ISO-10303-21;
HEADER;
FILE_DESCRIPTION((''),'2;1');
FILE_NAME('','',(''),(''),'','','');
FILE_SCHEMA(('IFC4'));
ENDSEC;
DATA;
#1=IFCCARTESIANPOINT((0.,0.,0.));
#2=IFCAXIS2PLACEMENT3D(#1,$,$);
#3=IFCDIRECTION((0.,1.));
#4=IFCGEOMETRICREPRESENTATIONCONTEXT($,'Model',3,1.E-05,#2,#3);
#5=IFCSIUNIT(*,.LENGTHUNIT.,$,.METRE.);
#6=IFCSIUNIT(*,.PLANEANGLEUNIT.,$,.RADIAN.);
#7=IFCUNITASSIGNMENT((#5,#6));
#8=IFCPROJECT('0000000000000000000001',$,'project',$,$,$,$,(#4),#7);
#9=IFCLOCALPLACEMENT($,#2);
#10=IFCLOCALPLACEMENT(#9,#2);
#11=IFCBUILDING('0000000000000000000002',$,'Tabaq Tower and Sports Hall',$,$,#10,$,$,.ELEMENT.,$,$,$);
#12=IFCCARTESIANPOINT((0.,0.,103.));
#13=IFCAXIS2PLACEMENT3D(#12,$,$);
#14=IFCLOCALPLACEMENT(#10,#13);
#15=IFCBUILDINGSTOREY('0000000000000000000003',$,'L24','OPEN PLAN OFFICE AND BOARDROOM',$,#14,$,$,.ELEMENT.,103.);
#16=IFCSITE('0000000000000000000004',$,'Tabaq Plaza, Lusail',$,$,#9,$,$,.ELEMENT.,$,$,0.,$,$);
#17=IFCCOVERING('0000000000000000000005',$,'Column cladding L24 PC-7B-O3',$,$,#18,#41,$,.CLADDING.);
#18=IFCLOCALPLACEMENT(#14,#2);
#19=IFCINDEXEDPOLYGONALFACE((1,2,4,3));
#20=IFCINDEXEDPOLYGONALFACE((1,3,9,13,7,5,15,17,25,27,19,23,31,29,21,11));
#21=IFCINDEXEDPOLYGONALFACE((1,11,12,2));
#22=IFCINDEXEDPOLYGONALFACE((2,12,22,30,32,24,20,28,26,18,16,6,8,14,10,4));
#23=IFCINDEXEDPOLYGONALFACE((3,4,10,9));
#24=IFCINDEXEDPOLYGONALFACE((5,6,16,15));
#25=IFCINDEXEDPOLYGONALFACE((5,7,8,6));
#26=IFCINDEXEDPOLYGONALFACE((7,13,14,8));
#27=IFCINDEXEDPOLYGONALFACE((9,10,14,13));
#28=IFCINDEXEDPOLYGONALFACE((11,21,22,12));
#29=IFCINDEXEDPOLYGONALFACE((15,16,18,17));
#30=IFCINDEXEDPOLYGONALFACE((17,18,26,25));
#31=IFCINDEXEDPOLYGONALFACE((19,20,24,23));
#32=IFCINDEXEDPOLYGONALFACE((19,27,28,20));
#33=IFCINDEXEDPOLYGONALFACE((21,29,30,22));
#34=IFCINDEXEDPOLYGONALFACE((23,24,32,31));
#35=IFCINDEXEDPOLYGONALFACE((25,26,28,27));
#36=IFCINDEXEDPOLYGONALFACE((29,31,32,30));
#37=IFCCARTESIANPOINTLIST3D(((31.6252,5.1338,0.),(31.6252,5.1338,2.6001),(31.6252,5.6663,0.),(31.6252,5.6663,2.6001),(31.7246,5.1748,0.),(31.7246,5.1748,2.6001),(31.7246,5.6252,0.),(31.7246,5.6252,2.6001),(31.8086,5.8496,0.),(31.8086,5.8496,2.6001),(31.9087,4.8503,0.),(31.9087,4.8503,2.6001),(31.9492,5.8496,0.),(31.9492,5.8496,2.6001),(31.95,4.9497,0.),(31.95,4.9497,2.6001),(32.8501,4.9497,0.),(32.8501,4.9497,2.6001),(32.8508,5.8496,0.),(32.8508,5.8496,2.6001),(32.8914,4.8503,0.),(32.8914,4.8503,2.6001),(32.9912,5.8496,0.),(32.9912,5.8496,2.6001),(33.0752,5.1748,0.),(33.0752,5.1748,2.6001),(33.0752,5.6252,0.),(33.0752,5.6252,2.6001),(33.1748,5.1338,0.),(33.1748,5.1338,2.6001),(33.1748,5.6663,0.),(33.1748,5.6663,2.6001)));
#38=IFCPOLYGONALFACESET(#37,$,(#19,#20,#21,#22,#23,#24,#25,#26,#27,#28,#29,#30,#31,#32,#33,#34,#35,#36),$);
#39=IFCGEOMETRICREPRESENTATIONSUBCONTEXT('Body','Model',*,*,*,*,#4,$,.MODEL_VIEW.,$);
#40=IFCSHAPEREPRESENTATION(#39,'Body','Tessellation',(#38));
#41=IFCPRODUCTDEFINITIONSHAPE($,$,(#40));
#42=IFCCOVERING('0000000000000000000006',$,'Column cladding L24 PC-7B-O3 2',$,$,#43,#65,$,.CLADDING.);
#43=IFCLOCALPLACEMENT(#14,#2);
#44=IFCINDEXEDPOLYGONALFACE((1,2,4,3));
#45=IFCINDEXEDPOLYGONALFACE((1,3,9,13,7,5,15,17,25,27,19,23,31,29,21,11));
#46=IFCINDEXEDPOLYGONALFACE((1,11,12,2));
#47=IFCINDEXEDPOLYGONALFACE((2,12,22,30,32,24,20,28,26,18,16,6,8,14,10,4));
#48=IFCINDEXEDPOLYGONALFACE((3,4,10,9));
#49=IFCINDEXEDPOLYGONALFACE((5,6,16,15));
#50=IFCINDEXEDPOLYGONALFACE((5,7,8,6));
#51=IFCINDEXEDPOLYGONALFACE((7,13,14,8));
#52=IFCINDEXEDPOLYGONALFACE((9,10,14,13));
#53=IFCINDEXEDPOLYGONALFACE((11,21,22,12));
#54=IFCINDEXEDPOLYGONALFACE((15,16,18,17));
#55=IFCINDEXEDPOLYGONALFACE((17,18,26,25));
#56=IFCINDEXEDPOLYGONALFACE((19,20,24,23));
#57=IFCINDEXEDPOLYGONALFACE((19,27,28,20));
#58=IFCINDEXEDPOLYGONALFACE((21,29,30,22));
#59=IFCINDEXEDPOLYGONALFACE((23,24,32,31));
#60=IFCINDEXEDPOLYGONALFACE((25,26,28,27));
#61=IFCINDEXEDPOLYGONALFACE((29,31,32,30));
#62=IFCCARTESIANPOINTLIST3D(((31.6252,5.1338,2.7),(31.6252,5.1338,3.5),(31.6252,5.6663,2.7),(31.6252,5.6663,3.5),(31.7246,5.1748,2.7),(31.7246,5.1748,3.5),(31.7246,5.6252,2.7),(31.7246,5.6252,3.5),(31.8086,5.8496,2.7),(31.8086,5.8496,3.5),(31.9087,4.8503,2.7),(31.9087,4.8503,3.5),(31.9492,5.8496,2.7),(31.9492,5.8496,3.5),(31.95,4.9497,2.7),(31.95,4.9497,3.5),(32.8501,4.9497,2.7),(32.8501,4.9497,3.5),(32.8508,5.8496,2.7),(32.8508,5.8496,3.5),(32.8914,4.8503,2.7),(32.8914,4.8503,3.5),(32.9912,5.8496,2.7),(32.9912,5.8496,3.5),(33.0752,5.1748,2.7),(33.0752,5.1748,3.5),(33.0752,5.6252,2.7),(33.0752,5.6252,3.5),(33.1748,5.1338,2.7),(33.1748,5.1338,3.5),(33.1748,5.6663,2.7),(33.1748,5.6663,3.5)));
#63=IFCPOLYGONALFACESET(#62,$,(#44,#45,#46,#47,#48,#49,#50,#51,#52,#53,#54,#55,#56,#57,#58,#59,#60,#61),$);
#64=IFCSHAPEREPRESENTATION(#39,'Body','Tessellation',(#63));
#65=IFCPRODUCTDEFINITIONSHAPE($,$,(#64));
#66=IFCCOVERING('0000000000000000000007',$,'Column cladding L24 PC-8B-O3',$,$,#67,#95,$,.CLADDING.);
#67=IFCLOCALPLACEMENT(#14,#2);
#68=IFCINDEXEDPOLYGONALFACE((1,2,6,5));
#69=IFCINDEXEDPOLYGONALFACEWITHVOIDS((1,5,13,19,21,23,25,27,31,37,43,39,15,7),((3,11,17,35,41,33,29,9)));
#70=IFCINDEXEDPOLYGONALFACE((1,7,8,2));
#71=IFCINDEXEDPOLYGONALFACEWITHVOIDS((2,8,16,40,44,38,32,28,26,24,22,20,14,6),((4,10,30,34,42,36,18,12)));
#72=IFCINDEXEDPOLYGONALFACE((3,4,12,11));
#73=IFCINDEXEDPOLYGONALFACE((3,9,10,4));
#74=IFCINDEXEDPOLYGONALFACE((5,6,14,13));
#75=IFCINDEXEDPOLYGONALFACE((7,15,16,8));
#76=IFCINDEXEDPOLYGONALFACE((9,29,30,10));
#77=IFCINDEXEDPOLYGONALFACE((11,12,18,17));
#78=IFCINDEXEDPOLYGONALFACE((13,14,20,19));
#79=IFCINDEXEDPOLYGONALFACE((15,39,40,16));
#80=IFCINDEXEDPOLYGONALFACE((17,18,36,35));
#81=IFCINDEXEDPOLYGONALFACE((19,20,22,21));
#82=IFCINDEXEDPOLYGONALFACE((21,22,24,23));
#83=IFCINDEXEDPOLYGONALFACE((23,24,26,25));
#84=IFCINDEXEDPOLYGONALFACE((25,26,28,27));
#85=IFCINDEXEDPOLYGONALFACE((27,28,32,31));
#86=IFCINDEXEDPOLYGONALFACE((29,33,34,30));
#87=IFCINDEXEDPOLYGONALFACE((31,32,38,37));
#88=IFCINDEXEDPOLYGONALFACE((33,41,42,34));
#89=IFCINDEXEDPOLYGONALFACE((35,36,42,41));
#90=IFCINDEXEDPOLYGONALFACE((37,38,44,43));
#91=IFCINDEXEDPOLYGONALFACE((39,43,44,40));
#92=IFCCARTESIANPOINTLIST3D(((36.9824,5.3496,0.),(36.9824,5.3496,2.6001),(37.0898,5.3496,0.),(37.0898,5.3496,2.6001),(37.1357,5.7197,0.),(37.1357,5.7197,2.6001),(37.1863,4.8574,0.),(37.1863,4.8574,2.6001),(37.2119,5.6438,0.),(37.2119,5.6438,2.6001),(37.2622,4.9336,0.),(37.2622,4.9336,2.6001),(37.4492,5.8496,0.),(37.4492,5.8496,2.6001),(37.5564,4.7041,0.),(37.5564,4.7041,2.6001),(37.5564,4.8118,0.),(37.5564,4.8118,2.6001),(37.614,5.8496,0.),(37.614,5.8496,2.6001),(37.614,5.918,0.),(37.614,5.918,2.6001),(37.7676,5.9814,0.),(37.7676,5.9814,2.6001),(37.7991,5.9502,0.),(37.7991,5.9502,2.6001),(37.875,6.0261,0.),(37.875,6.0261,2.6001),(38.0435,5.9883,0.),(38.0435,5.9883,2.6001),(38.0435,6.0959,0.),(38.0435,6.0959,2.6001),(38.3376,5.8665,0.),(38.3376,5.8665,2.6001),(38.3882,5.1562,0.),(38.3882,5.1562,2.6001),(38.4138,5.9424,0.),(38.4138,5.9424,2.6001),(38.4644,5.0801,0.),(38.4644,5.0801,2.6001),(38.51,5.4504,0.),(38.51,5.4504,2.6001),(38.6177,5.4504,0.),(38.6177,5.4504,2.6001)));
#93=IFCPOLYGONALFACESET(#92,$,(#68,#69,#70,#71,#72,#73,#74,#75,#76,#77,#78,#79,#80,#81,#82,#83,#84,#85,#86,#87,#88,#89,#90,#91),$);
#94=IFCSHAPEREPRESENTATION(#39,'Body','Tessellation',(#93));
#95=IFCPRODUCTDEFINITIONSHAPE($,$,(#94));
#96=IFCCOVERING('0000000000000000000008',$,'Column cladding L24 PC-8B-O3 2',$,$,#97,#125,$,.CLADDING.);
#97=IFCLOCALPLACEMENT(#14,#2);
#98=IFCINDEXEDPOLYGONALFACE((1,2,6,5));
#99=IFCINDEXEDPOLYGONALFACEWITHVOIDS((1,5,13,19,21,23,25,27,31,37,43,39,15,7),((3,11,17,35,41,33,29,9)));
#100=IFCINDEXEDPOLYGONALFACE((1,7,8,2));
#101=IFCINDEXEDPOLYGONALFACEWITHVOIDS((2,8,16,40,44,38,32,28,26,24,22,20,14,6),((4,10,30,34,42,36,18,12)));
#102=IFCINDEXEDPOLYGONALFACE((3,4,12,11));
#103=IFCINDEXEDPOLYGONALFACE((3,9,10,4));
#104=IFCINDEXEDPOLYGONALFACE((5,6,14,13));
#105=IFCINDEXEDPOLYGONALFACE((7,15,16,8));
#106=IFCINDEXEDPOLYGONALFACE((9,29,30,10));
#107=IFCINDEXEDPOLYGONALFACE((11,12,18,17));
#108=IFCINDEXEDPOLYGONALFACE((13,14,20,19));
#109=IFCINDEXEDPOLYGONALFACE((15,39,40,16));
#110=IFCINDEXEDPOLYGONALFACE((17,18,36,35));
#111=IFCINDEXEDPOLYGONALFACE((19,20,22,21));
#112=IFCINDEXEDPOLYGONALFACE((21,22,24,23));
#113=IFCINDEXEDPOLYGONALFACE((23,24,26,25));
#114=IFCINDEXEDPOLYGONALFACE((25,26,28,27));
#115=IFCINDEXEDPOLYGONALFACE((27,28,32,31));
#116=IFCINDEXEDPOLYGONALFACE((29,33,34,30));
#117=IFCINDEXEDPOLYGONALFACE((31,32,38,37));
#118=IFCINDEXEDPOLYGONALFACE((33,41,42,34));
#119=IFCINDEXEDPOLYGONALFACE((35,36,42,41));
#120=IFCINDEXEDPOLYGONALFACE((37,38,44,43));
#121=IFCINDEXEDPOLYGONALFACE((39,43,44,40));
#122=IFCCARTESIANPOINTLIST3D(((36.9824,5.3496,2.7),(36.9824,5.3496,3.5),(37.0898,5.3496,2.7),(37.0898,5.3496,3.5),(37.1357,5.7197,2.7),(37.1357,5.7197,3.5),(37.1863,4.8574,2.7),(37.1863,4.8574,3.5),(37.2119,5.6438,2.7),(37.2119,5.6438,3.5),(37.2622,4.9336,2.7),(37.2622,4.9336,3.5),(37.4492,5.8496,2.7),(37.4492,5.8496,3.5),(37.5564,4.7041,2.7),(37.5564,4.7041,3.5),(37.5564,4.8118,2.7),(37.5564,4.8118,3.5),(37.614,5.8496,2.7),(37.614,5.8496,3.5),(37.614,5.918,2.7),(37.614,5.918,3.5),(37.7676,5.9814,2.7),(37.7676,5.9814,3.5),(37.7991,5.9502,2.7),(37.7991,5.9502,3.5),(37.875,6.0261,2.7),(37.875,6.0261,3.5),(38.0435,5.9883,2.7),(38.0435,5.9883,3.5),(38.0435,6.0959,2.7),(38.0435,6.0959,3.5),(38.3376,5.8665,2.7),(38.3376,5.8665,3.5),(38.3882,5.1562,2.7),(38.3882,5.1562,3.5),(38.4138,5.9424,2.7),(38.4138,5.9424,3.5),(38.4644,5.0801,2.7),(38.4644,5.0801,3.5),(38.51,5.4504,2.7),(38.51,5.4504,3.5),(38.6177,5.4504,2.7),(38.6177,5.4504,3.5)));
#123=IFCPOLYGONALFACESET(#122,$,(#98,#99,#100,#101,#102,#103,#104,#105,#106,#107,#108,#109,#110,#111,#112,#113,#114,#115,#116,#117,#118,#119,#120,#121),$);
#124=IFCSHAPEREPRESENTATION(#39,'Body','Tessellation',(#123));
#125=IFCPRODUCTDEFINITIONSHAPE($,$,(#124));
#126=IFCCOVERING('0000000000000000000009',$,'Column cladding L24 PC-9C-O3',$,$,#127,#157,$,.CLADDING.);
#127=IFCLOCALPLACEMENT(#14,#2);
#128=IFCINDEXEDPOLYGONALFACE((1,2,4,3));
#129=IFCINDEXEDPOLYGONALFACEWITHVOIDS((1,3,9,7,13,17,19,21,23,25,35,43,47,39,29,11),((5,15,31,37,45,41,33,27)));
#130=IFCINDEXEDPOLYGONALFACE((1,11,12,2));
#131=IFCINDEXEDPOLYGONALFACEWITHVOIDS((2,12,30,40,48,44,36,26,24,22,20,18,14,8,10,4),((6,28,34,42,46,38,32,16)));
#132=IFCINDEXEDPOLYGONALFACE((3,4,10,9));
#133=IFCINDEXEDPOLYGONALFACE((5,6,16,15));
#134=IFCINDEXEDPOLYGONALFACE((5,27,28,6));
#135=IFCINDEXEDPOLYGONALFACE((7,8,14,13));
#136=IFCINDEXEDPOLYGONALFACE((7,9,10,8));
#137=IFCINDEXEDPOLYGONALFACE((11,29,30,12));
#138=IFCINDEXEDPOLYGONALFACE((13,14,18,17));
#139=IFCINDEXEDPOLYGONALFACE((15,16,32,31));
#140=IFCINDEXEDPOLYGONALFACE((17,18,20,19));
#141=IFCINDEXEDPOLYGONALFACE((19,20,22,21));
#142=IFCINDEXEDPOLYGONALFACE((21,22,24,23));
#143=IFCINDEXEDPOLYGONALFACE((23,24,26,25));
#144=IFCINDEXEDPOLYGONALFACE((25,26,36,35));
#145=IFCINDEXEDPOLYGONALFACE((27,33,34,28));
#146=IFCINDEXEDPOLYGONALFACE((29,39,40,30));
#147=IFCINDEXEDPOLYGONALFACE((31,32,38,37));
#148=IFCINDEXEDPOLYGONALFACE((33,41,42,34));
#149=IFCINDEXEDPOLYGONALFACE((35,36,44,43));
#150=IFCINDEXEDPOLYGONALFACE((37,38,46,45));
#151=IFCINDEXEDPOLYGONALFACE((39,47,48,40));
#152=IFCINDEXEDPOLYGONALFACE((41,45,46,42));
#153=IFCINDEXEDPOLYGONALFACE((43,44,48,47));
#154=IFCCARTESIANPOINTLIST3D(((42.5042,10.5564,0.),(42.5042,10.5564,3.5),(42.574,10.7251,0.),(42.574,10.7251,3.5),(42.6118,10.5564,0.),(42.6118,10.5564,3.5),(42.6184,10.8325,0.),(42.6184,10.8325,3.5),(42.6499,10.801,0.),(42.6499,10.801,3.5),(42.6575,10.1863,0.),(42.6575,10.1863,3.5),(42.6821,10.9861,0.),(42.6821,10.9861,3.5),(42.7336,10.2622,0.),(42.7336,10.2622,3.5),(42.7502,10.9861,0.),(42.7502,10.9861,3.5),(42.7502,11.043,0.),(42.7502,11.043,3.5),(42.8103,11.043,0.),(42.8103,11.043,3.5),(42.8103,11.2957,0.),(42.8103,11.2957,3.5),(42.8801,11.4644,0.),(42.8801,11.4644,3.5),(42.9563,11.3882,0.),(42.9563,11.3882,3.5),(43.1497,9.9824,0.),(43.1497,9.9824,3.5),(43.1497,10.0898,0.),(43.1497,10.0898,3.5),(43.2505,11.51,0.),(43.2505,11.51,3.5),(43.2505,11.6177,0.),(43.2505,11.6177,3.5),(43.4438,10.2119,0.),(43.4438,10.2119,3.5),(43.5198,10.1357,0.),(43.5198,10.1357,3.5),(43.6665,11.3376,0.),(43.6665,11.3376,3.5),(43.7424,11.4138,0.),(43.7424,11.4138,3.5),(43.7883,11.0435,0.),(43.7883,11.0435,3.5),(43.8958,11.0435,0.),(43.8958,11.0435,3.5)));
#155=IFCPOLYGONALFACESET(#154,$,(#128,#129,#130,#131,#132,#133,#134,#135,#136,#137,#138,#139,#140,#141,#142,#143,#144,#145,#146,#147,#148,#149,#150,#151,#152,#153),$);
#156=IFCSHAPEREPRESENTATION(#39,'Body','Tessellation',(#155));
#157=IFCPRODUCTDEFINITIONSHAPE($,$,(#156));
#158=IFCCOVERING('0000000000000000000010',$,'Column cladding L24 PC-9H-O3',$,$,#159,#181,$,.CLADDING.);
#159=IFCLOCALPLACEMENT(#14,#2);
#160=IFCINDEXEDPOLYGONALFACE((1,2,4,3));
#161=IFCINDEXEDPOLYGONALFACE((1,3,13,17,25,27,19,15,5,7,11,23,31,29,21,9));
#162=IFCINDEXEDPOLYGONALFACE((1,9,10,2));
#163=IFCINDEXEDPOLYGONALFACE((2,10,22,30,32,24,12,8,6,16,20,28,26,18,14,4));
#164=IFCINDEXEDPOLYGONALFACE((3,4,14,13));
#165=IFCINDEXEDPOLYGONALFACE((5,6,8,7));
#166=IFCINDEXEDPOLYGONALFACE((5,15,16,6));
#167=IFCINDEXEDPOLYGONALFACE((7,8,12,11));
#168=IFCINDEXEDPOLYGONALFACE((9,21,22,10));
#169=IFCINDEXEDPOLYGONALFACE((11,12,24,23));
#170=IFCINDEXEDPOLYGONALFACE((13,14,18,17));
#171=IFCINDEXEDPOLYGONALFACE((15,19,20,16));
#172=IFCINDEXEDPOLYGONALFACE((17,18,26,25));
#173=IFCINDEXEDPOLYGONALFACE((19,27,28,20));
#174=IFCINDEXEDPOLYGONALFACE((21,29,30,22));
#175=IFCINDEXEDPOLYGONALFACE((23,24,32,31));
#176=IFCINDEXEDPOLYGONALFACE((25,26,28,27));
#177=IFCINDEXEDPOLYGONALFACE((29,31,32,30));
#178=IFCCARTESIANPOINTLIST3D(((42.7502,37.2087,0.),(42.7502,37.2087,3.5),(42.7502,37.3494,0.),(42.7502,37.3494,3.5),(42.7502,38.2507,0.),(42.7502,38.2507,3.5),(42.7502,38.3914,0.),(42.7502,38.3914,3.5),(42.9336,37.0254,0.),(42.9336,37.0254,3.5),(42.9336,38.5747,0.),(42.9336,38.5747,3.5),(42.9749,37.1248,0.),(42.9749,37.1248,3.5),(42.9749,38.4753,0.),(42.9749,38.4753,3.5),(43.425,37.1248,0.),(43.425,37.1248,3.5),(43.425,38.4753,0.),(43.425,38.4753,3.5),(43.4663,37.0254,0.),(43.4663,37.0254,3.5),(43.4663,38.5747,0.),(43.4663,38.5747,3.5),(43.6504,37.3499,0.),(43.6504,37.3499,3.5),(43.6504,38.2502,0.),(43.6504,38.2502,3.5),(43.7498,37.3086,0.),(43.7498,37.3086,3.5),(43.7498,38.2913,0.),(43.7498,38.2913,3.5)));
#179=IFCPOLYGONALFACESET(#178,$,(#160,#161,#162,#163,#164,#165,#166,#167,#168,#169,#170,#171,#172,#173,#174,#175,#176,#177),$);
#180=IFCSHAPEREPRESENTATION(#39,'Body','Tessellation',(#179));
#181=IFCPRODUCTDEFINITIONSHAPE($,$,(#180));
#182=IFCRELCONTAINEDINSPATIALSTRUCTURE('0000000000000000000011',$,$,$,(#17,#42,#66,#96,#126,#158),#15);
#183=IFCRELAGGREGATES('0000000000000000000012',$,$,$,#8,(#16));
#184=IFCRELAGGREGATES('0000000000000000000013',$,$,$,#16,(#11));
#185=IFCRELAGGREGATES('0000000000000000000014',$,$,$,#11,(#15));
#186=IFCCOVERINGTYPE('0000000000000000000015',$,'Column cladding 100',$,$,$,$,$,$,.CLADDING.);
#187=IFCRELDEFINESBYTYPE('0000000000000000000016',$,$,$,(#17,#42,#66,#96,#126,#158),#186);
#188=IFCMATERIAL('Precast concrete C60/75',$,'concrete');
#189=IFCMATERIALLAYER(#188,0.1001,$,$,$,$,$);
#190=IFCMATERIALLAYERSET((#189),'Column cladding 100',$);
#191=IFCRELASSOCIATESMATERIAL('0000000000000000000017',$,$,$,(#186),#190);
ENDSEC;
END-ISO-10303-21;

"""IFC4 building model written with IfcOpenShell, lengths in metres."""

from ifc_helpers import new_model, si_unit, direction, frame, origin, place, context, subcontext, project, spatial, polyline, outline, extrude, material, layer, layer_set, type_object, element, save


model = new_model("IFC4")

# Units and contexts
model_context = context("Model", 3, precision=1e-05, world=origin(), true_north=direction((0.0, 1.0)))
body_context = subcontext(model_context, "Body", "Model", "MODEL_VIEW")
ifc_project = project(units=[si_unit("LENGTHUNIT", "METRE"), si_unit("PLANEANGLEUNIT", "RADIAN")], contexts=[model_context])

# Site, building, storey
site_placement = place(None, origin())
site = spatial("IfcSite", under=ifc_project, at=site_placement, Name="Tabaq Plaza, Lusail", CompositionType="ELEMENT", RefElevation=0.0)
building_placement = place(site_placement, origin())
building = spatial("IfcBuilding", under=site, at=building_placement, Name="Tabaq Tower and Sports Hall", CompositionType="ELEMENT")
storey_placement = place(building_placement, frame((0.0, 0.0, 103.0)))
storey = spatial("IfcBuildingStorey", under=building, at=storey_placement, Name="L24", Description="OPEN PLAN OFFICE AND BOARDROOM", CompositionType="ELEMENT", Elevation=103.0)

# Coverings
ifc_material_1 = material(Name="Precast concrete C60/75", Category="concrete")
ifc_layer_1 = layer(ifc_material_1, 0.1001)
ifc_layer_set_1 = layer_set([ifc_layer_1], Name="Column cladding 100")
covering_type = type_object("IfcCoveringType", Name="Column cladding 100", PredefinedType="CLADDING", material=ifc_layer_set_1)
covering_1_placement = place(storey_placement, origin())
element("IfcCovering", 1, at=covering_1_placement, inside=storey, type_object=covering_type, Name="Column cladding L24 PC-7B-O3", PredefinedType="CLADDING", context=body_context, shape_type="SweptSolid", body=[
    extrude(outline(polyline([(31.6252, 5.6663), (31.8086, 5.8496), (31.9492, 5.8496), (31.7246, 5.6252), (31.7246, 5.1748), (31.95, 4.9497), (32.8501, 4.9497), (33.0752, 5.1748), (33.0752, 5.6252), (32.8508, 5.8496), (32.9912, 5.8496), (33.1748, 5.6663), (33.1748, 5.1338), (32.8914, 4.8503), (31.9087, 4.8503), (31.6252, 5.1338), (31.6252, 5.6663)])), origin(), (0.0, 0.0, 1.0), 2.6001),
])
covering_2_placement = place(storey_placement, frame((0.0, 0.0, 2.7)))
element("IfcCovering", 2, at=covering_2_placement, inside=storey, type_object=covering_type, Name="Column cladding L24 PC-7B-O3 2", PredefinedType="CLADDING", context=body_context, shape_type="SweptSolid", body=[
    extrude(outline(polyline([(31.6252, 5.6663), (31.8086, 5.8496), (31.9492, 5.8496), (31.7246, 5.6252), (31.7246, 5.1748), (31.95, 4.9497), (32.8501, 4.9497), (33.0752, 5.1748), (33.0752, 5.6252), (32.8508, 5.8496), (32.9912, 5.8496), (33.1748, 5.6663), (33.1748, 5.1338), (32.8914, 4.8503), (31.9087, 4.8503), (31.6252, 5.1338), (31.6252, 5.6663)])), origin(), (0.0, 0.0, 1.0), 0.8),
])
covering_3_placement = place(storey_placement, origin())
element("IfcCovering", 3, at=covering_3_placement, inside=storey, type_object=covering_type, Name="Column cladding L24 PC-8B-O3", PredefinedType="CLADDING", context=body_context, shape_type="SweptSolid", body=[
    extrude(outline(polyline([(36.9824, 5.3496), (37.1357, 5.7197), (37.4492, 5.8496), (37.614, 5.8496), (37.614, 5.918), (37.7676, 5.9814), (37.7991, 5.9502), (37.875, 6.0261), (38.0435, 6.0959), (38.4138, 5.9424), (38.6177, 5.4504), (38.4644, 5.0801), (37.5564, 4.7041), (37.1863, 4.8574), (36.9824, 5.3496)]), holes=[polyline([(38.51, 5.4504), (38.3376, 5.8665), (38.0435, 5.9883), (37.2119, 5.6438), (37.0898, 5.3496), (37.2622, 4.9336), (37.5564, 4.8118), (38.3882, 5.1562), (38.51, 5.4504)])]), origin(), (0.0, 0.0, 1.0), 2.6001),
])
covering_4_placement = place(storey_placement, frame((0.0, 0.0, 2.7)))
element("IfcCovering", 4, at=covering_4_placement, inside=storey, type_object=covering_type, Name="Column cladding L24 PC-8B-O3 2", PredefinedType="CLADDING", context=body_context, shape_type="SweptSolid", body=[
    extrude(outline(polyline([(36.9824, 5.3496), (37.1357, 5.7197), (37.4492, 5.8496), (37.614, 5.8496), (37.614, 5.918), (37.7676, 5.9814), (37.7991, 5.9502), (37.875, 6.0261), (38.0435, 6.0959), (38.4138, 5.9424), (38.6177, 5.4504), (38.4644, 5.0801), (37.5564, 4.7041), (37.1863, 4.8574), (36.9824, 5.3496)]), holes=[polyline([(38.51, 5.4504), (38.3376, 5.8665), (38.0435, 5.9883), (37.2119, 5.6438), (37.0898, 5.3496), (37.2622, 4.9336), (37.5564, 4.8118), (38.3882, 5.1562), (38.51, 5.4504)])]), origin(), (0.0, 0.0, 1.0), 0.8),
])
covering_5_placement = place(storey_placement, origin())
element("IfcCovering", 5, at=covering_5_placement, inside=storey, type_object=covering_type, Name="Column cladding L24 PC-9C-O3", PredefinedType="CLADDING", context=body_context, shape_type="SweptSolid", body=[
    extrude(outline(polyline([(42.6575, 10.1863), (42.5042, 10.5564), (42.574, 10.7251), (42.6499, 10.801), (42.6184, 10.8325), (42.6821, 10.9861), (42.7502, 10.9861), (42.7502, 11.043), (42.8103, 11.043), (42.8103, 11.2957), (42.8801, 11.4644), (43.2505, 11.6177), (43.7424, 11.4138), (43.8958, 11.0435), (43.5198, 10.1357), (43.1497, 9.9824), (42.6575, 10.1863)]), holes=[polyline([(43.6665, 11.3376), (43.2505, 11.51), (42.9563, 11.3882), (42.6118, 10.5564), (42.7336, 10.2622), (43.1497, 10.0898), (43.4438, 10.2119), (43.7883, 11.0435), (43.6665, 11.3376)])]), origin(), (0.0, 0.0, 1.0), 3.5),
])
covering_6_placement = place(storey_placement, origin())
element("IfcCovering", 6, at=covering_6_placement, inside=storey, type_object=covering_type, Name="Column cladding L24 PC-9H-O3", PredefinedType="CLADDING", context=body_context, shape_type="SweptSolid", body=[
    extrude(outline(polyline([(42.9336, 37.0254), (42.7502, 37.2087), (42.7502, 37.3494), (42.9749, 37.1248), (43.425, 37.1248), (43.6504, 37.3499), (43.6504, 38.2502), (43.425, 38.4753), (42.9749, 38.4753), (42.7502, 38.2507), (42.7502, 38.3914), (42.9336, 38.5747), (43.4663, 38.5747), (43.7498, 38.2913), (43.7498, 37.3086), (43.4663, 37.0254), (42.9336, 37.0254)])), origin(), (0.0, 0.0, 1.0), 3.5),
])

save(model, "model.ifc")
